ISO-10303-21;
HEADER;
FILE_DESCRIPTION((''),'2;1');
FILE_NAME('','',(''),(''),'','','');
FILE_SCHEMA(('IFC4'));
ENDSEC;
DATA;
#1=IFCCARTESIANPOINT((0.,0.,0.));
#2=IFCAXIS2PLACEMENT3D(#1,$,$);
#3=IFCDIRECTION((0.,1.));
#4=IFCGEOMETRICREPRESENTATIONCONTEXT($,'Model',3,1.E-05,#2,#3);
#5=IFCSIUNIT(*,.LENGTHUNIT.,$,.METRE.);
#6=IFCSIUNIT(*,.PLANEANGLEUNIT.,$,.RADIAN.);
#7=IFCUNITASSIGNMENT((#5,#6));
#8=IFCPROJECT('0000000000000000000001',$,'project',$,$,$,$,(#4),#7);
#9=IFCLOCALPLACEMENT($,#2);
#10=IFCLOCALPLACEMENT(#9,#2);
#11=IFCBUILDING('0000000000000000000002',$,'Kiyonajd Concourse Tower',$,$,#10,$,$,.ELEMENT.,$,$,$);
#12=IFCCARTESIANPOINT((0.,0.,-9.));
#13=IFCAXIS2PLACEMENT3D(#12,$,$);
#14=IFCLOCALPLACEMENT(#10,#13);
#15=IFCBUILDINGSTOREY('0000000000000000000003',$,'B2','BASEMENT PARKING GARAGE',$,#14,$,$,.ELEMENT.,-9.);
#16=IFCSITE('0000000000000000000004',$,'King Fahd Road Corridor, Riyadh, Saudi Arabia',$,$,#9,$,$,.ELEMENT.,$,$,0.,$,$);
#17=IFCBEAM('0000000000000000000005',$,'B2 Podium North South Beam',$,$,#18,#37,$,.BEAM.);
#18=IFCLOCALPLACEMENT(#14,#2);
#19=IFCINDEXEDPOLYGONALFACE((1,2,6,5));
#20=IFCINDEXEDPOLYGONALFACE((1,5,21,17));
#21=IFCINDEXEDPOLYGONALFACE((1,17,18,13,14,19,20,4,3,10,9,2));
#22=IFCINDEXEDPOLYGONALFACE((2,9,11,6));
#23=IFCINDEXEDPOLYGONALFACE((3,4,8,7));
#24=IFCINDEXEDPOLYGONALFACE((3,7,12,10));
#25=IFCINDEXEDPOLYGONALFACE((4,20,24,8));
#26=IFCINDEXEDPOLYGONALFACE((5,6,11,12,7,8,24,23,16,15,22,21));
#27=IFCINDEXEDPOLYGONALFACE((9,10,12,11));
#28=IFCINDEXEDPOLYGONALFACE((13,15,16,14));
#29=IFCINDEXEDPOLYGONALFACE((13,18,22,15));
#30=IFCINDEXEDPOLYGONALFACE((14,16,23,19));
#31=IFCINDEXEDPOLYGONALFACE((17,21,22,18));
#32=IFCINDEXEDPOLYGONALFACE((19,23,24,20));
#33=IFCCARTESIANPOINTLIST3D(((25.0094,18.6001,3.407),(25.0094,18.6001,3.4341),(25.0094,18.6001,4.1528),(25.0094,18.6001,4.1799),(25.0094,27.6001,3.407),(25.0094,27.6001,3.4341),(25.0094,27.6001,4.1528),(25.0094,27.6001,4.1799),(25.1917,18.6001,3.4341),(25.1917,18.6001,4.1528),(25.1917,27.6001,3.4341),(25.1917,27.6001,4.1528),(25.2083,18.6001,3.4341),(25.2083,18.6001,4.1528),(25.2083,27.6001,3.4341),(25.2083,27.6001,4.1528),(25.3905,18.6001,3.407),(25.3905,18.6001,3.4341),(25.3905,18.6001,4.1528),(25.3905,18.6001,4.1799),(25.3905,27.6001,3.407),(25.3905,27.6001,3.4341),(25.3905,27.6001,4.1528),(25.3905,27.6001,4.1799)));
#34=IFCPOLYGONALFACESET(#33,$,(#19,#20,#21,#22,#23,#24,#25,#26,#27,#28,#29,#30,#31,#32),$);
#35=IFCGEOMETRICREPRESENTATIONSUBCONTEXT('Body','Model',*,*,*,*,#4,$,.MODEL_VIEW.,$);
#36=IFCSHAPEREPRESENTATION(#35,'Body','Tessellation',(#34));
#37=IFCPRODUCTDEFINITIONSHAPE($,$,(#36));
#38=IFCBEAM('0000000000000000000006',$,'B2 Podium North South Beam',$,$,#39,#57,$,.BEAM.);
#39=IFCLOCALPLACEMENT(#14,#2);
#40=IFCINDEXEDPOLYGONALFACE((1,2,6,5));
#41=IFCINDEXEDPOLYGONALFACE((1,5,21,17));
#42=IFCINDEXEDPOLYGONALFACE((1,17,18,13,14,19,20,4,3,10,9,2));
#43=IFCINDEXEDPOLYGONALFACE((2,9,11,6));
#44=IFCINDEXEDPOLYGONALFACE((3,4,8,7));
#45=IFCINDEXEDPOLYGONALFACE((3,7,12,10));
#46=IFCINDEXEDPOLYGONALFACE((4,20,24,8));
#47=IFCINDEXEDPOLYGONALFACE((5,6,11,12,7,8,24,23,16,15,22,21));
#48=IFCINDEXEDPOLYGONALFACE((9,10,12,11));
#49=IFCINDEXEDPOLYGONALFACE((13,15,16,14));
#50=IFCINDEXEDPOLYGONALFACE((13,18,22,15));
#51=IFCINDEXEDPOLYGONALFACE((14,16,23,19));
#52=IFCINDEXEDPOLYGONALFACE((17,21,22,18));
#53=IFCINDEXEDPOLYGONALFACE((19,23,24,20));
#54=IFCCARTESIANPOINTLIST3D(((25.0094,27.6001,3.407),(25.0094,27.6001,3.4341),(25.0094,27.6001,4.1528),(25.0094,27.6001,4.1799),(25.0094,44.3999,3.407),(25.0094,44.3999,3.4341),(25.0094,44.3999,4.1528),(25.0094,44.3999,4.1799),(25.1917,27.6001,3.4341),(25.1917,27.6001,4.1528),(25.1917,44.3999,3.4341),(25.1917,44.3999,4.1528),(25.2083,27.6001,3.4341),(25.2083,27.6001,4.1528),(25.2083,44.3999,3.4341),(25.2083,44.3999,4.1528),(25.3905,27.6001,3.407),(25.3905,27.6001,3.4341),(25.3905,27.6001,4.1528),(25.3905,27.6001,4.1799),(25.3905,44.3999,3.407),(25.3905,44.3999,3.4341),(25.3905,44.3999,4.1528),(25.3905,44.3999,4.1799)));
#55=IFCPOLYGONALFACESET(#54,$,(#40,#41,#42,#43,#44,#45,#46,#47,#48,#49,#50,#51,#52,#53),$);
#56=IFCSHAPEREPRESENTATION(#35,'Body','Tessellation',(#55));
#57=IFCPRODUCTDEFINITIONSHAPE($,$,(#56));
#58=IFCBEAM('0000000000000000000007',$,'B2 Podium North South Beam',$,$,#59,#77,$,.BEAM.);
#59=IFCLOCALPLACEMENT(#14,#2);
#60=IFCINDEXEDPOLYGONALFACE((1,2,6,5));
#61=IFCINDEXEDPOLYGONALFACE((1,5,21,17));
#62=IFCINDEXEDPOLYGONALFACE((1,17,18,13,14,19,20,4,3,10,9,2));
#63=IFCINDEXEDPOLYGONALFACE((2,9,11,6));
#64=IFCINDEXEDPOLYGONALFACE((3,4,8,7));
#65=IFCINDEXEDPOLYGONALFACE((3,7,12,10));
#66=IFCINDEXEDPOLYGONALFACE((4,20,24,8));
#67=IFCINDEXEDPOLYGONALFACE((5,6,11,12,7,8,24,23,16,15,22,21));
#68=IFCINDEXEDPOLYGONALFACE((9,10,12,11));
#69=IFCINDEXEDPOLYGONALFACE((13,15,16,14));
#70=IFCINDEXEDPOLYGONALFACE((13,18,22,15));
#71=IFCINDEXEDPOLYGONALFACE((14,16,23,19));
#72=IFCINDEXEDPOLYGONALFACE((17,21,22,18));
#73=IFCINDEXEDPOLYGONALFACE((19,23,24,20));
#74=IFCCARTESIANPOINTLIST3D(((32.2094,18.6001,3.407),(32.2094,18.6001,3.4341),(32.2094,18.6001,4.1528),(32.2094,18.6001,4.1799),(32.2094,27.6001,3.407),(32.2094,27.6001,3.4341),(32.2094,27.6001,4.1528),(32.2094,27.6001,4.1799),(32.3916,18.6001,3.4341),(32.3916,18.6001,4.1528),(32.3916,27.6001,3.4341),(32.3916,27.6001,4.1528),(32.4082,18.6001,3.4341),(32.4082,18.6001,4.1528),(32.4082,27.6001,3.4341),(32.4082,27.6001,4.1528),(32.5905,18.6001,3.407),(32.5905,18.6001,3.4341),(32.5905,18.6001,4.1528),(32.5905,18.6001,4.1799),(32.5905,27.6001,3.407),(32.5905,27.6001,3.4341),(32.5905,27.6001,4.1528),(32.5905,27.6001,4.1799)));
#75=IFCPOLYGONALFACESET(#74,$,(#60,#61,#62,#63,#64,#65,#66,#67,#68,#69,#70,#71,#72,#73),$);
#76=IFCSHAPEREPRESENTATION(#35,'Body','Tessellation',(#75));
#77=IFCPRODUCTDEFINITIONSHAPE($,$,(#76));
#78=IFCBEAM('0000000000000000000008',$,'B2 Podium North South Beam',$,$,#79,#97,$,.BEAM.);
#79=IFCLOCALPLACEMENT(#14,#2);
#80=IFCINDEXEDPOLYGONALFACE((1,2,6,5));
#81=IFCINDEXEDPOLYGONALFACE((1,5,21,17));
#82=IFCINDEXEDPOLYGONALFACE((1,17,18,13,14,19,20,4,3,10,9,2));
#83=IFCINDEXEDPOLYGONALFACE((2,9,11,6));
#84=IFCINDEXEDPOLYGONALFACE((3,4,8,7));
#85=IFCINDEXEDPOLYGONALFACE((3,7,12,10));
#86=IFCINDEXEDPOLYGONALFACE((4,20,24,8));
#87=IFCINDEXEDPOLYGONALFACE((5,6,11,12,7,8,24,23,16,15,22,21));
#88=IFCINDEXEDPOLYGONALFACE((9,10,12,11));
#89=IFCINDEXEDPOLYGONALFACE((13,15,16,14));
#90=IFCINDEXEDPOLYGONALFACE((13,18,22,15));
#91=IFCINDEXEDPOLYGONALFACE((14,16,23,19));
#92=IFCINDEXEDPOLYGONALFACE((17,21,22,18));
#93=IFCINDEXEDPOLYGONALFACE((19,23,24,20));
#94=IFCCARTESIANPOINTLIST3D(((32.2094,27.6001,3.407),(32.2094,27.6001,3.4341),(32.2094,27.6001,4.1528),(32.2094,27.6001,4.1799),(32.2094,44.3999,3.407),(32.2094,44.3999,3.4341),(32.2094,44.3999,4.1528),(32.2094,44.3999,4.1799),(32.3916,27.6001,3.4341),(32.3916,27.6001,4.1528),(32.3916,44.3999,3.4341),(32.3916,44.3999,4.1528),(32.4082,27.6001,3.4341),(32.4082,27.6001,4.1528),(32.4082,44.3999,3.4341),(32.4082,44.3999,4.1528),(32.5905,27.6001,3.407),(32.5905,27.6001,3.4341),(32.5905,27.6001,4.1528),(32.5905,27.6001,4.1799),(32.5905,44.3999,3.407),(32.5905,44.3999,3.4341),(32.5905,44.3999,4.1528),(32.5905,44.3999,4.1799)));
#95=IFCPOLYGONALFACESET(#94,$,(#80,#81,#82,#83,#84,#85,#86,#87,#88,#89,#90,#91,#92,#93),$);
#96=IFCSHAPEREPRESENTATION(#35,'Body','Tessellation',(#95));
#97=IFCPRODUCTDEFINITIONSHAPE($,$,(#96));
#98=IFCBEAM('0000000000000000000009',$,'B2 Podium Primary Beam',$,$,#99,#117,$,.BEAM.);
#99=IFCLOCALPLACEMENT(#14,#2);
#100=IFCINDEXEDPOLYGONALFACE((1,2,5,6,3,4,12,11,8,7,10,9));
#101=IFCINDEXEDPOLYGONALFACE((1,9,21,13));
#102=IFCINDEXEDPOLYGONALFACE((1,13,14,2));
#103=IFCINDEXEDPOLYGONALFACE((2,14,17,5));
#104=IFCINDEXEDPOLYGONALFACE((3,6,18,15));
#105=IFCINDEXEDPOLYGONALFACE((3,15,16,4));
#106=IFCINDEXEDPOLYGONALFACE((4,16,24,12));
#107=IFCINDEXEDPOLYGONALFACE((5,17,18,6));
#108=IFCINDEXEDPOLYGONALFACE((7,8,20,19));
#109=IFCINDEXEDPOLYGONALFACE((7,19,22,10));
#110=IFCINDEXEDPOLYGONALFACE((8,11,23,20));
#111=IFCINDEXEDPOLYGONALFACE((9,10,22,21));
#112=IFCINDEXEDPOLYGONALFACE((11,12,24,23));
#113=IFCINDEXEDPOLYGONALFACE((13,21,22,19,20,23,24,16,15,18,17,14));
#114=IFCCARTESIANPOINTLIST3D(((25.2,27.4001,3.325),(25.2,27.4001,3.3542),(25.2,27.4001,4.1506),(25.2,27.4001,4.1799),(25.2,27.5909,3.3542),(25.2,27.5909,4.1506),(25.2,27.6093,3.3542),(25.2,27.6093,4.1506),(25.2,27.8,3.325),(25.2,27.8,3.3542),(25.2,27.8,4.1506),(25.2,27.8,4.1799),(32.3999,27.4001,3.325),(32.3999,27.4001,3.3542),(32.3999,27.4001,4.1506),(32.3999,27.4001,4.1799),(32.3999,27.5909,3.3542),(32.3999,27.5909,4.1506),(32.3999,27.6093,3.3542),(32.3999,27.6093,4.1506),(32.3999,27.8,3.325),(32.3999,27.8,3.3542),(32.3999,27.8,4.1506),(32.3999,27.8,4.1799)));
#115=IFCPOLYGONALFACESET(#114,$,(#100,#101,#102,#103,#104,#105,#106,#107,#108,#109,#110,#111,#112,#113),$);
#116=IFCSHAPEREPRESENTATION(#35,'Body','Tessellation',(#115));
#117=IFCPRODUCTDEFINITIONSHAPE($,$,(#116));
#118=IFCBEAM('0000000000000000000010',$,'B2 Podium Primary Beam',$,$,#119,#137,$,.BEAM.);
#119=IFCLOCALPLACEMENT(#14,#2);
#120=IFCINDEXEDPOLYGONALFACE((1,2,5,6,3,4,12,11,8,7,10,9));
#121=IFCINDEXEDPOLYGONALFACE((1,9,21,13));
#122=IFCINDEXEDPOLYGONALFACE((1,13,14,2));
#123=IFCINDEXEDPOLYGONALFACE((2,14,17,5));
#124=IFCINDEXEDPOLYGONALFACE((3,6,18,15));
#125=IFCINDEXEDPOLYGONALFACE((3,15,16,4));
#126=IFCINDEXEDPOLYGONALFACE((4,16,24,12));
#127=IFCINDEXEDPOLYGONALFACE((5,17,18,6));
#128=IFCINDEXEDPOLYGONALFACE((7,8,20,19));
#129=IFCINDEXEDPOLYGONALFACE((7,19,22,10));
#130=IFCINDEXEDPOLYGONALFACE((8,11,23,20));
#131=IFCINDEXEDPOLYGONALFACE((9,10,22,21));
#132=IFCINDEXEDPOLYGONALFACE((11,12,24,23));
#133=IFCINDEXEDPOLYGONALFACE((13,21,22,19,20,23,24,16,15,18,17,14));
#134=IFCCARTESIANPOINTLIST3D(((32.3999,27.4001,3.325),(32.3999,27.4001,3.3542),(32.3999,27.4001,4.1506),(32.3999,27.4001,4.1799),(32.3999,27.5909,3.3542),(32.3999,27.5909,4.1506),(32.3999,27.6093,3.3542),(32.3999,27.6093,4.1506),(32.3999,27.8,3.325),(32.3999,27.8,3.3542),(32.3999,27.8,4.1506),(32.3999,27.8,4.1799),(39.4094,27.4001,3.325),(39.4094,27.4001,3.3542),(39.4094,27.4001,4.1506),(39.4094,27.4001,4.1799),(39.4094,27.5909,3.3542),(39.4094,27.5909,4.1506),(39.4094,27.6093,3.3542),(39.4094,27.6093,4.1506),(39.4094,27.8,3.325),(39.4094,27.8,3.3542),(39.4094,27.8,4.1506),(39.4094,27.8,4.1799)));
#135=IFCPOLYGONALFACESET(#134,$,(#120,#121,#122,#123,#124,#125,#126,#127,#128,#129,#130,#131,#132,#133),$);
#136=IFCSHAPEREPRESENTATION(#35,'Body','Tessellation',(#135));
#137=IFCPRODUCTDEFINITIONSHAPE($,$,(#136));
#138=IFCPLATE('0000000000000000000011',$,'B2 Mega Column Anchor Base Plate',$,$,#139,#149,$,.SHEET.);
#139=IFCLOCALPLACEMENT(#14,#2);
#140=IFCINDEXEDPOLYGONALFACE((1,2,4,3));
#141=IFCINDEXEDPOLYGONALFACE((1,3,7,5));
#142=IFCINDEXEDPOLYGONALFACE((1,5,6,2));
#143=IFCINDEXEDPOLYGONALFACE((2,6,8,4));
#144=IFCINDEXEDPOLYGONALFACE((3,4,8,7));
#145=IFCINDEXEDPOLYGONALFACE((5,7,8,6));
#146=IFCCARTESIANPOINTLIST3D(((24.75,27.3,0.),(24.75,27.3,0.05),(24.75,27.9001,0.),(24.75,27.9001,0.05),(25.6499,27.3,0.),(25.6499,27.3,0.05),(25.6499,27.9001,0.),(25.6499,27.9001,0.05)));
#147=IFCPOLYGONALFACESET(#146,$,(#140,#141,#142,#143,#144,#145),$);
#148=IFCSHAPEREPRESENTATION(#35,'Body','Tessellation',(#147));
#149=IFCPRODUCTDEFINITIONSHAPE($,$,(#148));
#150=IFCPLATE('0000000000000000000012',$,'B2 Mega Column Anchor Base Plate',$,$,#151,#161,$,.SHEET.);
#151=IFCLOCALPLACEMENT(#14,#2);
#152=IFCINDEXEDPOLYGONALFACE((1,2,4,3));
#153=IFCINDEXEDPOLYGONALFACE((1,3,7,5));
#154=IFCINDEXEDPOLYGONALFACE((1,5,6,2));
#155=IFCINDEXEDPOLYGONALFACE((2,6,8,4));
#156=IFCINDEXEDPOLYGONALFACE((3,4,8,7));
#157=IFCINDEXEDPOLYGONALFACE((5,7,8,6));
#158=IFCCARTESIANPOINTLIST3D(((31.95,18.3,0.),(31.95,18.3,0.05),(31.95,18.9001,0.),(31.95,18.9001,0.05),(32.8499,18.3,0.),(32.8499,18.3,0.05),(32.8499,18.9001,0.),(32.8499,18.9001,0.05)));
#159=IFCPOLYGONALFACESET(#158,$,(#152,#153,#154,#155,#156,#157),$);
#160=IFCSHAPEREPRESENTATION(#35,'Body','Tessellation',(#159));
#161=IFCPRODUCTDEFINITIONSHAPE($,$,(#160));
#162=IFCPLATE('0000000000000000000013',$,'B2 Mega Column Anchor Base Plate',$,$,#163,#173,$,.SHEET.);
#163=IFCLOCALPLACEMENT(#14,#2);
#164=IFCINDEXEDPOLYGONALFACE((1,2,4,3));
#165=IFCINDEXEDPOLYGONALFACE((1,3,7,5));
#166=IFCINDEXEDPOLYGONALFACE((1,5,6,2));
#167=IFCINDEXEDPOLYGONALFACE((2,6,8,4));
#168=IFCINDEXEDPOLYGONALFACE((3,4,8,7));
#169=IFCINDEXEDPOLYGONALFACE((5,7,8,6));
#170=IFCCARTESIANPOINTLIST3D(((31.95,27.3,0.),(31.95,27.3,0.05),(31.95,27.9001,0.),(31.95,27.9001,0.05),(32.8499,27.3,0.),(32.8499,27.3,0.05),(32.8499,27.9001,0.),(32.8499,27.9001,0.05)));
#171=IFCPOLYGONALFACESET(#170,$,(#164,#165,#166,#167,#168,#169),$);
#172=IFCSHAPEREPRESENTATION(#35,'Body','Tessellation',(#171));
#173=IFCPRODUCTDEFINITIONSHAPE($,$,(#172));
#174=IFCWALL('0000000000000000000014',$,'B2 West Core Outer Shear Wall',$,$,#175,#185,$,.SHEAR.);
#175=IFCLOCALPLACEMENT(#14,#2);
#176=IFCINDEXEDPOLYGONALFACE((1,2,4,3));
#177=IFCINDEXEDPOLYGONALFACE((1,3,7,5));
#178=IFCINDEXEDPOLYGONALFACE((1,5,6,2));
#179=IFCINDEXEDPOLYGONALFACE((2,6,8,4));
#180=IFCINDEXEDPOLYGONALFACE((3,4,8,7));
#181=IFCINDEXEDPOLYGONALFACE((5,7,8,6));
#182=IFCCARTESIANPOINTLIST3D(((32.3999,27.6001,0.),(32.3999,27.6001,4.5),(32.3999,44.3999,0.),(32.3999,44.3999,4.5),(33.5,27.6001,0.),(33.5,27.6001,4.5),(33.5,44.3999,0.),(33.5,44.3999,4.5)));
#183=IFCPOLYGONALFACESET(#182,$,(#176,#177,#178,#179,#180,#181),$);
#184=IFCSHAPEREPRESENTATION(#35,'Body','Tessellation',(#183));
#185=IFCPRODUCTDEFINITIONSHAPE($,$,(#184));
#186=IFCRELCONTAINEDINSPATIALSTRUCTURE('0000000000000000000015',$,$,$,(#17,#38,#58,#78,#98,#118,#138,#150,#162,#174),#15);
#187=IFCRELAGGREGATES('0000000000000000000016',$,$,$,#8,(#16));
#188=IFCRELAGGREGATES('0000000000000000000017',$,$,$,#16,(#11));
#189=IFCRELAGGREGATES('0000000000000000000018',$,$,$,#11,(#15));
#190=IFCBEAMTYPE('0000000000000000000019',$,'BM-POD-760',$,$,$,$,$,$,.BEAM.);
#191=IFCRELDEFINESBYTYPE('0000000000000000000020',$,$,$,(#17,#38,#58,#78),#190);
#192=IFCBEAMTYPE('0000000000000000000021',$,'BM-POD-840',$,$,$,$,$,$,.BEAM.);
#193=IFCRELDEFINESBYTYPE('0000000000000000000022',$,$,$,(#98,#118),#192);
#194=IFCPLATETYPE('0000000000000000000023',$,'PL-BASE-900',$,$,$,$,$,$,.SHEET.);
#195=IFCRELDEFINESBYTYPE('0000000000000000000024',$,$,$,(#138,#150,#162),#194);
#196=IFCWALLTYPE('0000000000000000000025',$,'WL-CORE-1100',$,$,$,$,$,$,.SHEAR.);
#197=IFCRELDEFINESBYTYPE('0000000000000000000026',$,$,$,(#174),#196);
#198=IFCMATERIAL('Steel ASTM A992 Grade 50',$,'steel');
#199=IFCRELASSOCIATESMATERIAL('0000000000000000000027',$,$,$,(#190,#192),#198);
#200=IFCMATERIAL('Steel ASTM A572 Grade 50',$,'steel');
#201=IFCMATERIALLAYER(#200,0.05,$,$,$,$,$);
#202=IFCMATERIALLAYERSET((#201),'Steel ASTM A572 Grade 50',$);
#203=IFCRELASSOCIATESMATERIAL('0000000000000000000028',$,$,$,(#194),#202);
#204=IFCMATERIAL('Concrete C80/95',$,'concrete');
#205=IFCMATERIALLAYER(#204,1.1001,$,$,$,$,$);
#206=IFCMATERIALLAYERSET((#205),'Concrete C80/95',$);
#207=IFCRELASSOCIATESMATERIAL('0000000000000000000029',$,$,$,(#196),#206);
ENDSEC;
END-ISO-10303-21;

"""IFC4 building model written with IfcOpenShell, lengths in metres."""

from ifc_helpers import new_model, si_unit, direction, frame, frame_2d, origin, origin_2d, place, context, subcontext, project, spatial, rectangle, i_section, extrude, material, layer, layer_set, material_profile, profile_set, type_object, element, save


model = new_model("IFC4")

# Units and contexts
model_context = context("Model", 3, precision=1e-05, world=origin(), true_north=direction((0.0, 1.0)))
body_context = subcontext(model_context, "Body", "Model", "MODEL_VIEW")
ifc_project = project(units=[si_unit("LENGTHUNIT", "METRE"), si_unit("PLANEANGLEUNIT", "RADIAN")], contexts=[model_context])

# Site, building, storey
site_placement = place(None, origin())
site = spatial("IfcSite", under=ifc_project, at=site_placement, Name="King Fahd Road Corridor, Riyadh, Saudi Arabia", CompositionType="ELEMENT", RefElevation=0.0)
building_placement = place(site_placement, origin())
building = spatial("IfcBuilding", under=site, at=building_placement, Name="Kiyonajd Concourse Tower", CompositionType="ELEMENT")
storey_placement = place(building_placement, frame((0.0, 0.0, -9.0)))
storey = spatial("IfcBuildingStorey", under=building, at=storey_placement, Name="B2", Description="BASEMENT PARKING GARAGE", CompositionType="ELEMENT", Elevation=-9.0)

# Shared definitions
ifc_material_1 = material(Name="Concrete C80/95", Category="concrete")

# Beams
ifc_material_2 = material(Name="Steel ASTM A992 Grade 50", Category="steel")
ifc_material_profile_1 = material_profile(ifc_material_2, i_section(OverallWidth=0.3811, OverallDepth=0.7729, WebThickness=0.0166, FlangeThickness=0.0271, at=origin_2d()), Name="W760X257")
ifc_profile_set_1 = profile_set([ifc_material_profile_1], Name="Steel ASTM A992 Grade 50")
beam_type_1 = type_object("IfcBeamType", Name="BM-POD-760", PredefinedType="BEAM", material=ifc_profile_set_1)
beam_1_placement = place(storey_placement, frame((25.2, 18.6001, 3.7935), z_axis=(0.0, 1.0, 0.0), x_axis=(-1.0, 0.0, 0.0)))
element("IfcBeam", 1, at=beam_1_placement, inside=storey, type_object=beam_type_1, Name="B2 Podium North South Beam", PredefinedType="BEAM", context=body_context, shape_type="SweptSolid", body=[
    extrude(i_section(OverallWidth=0.3811, OverallDepth=0.7729, WebThickness=0.0166, FlangeThickness=0.0271, at=origin_2d()), origin(), (0.0, 0.0, 1.0), 9.0),
])
beam_2_placement = place(storey_placement, frame((25.2, 27.6001, 3.7935), z_axis=(0.0, 1.0, 0.0), x_axis=(-1.0, 0.0, 0.0)))
element("IfcBeam", 2, at=beam_2_placement, inside=storey, type_object=beam_type_1, Name="B2 Podium North South Beam", PredefinedType="BEAM", context=body_context, shape_type="SweptSolid", body=[
    extrude(i_section(OverallWidth=0.3811, OverallDepth=0.7729, WebThickness=0.0166, FlangeThickness=0.0271, at=origin_2d()), origin(), (0.0, 0.0, 1.0), 16.7998),
])
beam_3_placement = place(storey_placement, frame((32.3999, 18.6001, 3.7935), z_axis=(0.0, 1.0, 0.0), x_axis=(-1.0, 0.0, 0.0)))
element("IfcBeam", 3, at=beam_3_placement, inside=storey, type_object=beam_type_1, Name="B2 Podium North South Beam", PredefinedType="BEAM", context=body_context, shape_type="SweptSolid", body=[
    extrude(i_section(OverallWidth=0.3811, OverallDepth=0.7729, WebThickness=0.0166, FlangeThickness=0.0271, at=origin_2d()), origin(), (0.0, 0.0, 1.0), 9.0),
])
beam_4_placement = place(storey_placement, frame((32.3999, 27.6001, 3.7935), z_axis=(0.0, 1.0, 0.0), x_axis=(-1.0, 0.0, 0.0)))
element("IfcBeam", 4, at=beam_4_placement, inside=storey, type_object=beam_type_1, Name="B2 Podium North South Beam", PredefinedType="BEAM", context=body_context, shape_type="SweptSolid", body=[
    extrude(i_section(OverallWidth=0.3811, OverallDepth=0.7729, WebThickness=0.0166, FlangeThickness=0.0271, at=origin_2d()), origin(), (0.0, 0.0, 1.0), 16.7998),
])
ifc_material_profile_2 = material_profile(ifc_material_2, i_section(OverallWidth=0.3999, OverallDepth=0.855, WebThickness=0.0183, FlangeThickness=0.0293, at=origin_2d()), Name="W840X299")
ifc_profile_set_2 = profile_set([ifc_material_profile_2], Name="Steel ASTM A992 Grade 50")
beam_type_2 = type_object("IfcBeamType", Name="BM-POD-840", PredefinedType="BEAM", material=ifc_profile_set_2)
beam_5_placement = place(storey_placement, frame((25.2, 27.6001, 3.7524), z_axis=(1.0, 0.0, 0.0), x_axis=(0.0, 1.0, 0.0)))
element("IfcBeam", 5, at=beam_5_placement, inside=storey, type_object=beam_type_2, Name="B2 Podium Primary Beam", PredefinedType="BEAM", context=body_context, shape_type="SweptSolid", body=[
    extrude(i_section(OverallWidth=0.3999, OverallDepth=0.855, WebThickness=0.0183, FlangeThickness=0.0293, at=origin_2d()), origin(), (0.0, 0.0, 1.0), 7.2),
])
beam_6_placement = place(storey_placement, frame((32.3999, 27.6001, 3.7524), z_axis=(1.0, 0.0, 0.0), x_axis=(0.0, 1.0, 0.0)))
element("IfcBeam", 6, at=beam_6_placement, inside=storey, type_object=beam_type_2, Name="B2 Podium Primary Beam", PredefinedType="BEAM", context=body_context, shape_type="SweptSolid", body=[
    extrude(i_section(OverallWidth=0.3999, OverallDepth=0.855, WebThickness=0.0183, FlangeThickness=0.0293, at=origin_2d()), origin(), (0.0, 0.0, 1.0), 7.0095),
])

# Plates
ifc_material_3 = material(Name="Steel ASTM A572 Grade 50", Category="steel")
ifc_layer_1 = layer(ifc_material_3, 0.05)
ifc_layer_set_1 = layer_set([ifc_layer_1], Name="Steel ASTM A572 Grade 50")
plate_type = type_object("IfcPlateType", Name="PL-BASE-900", PredefinedType="SHEET", material=ifc_layer_set_1)
for number, where, z_axis, x_axis, name in (
    (7, (25.2, 27.6001, 0.0), (0.0, 0.0, 1.0), (1.0, 0.0, 0.0), "B2 Mega Column Anchor Base Plate"),
    (8, (32.3999, 18.6001, 0.0), (0.0, 0.0, 1.0), (1.0, 0.0, 0.0), "B2 Mega Column Anchor Base Plate"),
    (9, (32.3999, 27.6001, 0.0), (0.0, 0.0, 1.0), (1.0, 0.0, 0.0), "B2 Mega Column Anchor Base Plate"),
):
    element("IfcPlate", number, at=place(storey_placement, frame(where, z_axis=z_axis, x_axis=x_axis)), inside=storey, type_object=plate_type, Name=name, PredefinedType="SHEET", context=body_context, shape_type="SweptSolid", body=[
        extrude(rectangle(XDim=0.8999, YDim=0.6001, at=origin_2d()), origin(), (0.0, 0.0, 1.0), 0.05),
    ])

# Wall
ifc_layer_2 = layer(ifc_material_1, 1.1001)
ifc_layer_set_2 = layer_set([ifc_layer_2], Name="Concrete C80/95")
wall_type_1 = type_object("IfcWallType", Name="WL-CORE-1100", PredefinedType="SHEAR", material=ifc_layer_set_2)
wall_1_placement = place(storey_placement, frame((32.95, 27.6001, 0.0), z_axis=(0.0, 0.0, 1.0), x_axis=(0.0, 1.0, 0.0)))
element("IfcWall", 10, at=wall_1_placement, inside=storey, type_object=wall_type_1, Name="B2 West Core Outer Shear Wall", PredefinedType="SHEAR", context=body_context, shape_type="SweptSolid", body=[
    extrude(rectangle(XDim=16.7998, YDim=1.1001, at=frame_2d((8.3999, 0.0))), origin(), (0.0, 0.0, 1.0), 4.5),
])

save(model, "model.ifc")
